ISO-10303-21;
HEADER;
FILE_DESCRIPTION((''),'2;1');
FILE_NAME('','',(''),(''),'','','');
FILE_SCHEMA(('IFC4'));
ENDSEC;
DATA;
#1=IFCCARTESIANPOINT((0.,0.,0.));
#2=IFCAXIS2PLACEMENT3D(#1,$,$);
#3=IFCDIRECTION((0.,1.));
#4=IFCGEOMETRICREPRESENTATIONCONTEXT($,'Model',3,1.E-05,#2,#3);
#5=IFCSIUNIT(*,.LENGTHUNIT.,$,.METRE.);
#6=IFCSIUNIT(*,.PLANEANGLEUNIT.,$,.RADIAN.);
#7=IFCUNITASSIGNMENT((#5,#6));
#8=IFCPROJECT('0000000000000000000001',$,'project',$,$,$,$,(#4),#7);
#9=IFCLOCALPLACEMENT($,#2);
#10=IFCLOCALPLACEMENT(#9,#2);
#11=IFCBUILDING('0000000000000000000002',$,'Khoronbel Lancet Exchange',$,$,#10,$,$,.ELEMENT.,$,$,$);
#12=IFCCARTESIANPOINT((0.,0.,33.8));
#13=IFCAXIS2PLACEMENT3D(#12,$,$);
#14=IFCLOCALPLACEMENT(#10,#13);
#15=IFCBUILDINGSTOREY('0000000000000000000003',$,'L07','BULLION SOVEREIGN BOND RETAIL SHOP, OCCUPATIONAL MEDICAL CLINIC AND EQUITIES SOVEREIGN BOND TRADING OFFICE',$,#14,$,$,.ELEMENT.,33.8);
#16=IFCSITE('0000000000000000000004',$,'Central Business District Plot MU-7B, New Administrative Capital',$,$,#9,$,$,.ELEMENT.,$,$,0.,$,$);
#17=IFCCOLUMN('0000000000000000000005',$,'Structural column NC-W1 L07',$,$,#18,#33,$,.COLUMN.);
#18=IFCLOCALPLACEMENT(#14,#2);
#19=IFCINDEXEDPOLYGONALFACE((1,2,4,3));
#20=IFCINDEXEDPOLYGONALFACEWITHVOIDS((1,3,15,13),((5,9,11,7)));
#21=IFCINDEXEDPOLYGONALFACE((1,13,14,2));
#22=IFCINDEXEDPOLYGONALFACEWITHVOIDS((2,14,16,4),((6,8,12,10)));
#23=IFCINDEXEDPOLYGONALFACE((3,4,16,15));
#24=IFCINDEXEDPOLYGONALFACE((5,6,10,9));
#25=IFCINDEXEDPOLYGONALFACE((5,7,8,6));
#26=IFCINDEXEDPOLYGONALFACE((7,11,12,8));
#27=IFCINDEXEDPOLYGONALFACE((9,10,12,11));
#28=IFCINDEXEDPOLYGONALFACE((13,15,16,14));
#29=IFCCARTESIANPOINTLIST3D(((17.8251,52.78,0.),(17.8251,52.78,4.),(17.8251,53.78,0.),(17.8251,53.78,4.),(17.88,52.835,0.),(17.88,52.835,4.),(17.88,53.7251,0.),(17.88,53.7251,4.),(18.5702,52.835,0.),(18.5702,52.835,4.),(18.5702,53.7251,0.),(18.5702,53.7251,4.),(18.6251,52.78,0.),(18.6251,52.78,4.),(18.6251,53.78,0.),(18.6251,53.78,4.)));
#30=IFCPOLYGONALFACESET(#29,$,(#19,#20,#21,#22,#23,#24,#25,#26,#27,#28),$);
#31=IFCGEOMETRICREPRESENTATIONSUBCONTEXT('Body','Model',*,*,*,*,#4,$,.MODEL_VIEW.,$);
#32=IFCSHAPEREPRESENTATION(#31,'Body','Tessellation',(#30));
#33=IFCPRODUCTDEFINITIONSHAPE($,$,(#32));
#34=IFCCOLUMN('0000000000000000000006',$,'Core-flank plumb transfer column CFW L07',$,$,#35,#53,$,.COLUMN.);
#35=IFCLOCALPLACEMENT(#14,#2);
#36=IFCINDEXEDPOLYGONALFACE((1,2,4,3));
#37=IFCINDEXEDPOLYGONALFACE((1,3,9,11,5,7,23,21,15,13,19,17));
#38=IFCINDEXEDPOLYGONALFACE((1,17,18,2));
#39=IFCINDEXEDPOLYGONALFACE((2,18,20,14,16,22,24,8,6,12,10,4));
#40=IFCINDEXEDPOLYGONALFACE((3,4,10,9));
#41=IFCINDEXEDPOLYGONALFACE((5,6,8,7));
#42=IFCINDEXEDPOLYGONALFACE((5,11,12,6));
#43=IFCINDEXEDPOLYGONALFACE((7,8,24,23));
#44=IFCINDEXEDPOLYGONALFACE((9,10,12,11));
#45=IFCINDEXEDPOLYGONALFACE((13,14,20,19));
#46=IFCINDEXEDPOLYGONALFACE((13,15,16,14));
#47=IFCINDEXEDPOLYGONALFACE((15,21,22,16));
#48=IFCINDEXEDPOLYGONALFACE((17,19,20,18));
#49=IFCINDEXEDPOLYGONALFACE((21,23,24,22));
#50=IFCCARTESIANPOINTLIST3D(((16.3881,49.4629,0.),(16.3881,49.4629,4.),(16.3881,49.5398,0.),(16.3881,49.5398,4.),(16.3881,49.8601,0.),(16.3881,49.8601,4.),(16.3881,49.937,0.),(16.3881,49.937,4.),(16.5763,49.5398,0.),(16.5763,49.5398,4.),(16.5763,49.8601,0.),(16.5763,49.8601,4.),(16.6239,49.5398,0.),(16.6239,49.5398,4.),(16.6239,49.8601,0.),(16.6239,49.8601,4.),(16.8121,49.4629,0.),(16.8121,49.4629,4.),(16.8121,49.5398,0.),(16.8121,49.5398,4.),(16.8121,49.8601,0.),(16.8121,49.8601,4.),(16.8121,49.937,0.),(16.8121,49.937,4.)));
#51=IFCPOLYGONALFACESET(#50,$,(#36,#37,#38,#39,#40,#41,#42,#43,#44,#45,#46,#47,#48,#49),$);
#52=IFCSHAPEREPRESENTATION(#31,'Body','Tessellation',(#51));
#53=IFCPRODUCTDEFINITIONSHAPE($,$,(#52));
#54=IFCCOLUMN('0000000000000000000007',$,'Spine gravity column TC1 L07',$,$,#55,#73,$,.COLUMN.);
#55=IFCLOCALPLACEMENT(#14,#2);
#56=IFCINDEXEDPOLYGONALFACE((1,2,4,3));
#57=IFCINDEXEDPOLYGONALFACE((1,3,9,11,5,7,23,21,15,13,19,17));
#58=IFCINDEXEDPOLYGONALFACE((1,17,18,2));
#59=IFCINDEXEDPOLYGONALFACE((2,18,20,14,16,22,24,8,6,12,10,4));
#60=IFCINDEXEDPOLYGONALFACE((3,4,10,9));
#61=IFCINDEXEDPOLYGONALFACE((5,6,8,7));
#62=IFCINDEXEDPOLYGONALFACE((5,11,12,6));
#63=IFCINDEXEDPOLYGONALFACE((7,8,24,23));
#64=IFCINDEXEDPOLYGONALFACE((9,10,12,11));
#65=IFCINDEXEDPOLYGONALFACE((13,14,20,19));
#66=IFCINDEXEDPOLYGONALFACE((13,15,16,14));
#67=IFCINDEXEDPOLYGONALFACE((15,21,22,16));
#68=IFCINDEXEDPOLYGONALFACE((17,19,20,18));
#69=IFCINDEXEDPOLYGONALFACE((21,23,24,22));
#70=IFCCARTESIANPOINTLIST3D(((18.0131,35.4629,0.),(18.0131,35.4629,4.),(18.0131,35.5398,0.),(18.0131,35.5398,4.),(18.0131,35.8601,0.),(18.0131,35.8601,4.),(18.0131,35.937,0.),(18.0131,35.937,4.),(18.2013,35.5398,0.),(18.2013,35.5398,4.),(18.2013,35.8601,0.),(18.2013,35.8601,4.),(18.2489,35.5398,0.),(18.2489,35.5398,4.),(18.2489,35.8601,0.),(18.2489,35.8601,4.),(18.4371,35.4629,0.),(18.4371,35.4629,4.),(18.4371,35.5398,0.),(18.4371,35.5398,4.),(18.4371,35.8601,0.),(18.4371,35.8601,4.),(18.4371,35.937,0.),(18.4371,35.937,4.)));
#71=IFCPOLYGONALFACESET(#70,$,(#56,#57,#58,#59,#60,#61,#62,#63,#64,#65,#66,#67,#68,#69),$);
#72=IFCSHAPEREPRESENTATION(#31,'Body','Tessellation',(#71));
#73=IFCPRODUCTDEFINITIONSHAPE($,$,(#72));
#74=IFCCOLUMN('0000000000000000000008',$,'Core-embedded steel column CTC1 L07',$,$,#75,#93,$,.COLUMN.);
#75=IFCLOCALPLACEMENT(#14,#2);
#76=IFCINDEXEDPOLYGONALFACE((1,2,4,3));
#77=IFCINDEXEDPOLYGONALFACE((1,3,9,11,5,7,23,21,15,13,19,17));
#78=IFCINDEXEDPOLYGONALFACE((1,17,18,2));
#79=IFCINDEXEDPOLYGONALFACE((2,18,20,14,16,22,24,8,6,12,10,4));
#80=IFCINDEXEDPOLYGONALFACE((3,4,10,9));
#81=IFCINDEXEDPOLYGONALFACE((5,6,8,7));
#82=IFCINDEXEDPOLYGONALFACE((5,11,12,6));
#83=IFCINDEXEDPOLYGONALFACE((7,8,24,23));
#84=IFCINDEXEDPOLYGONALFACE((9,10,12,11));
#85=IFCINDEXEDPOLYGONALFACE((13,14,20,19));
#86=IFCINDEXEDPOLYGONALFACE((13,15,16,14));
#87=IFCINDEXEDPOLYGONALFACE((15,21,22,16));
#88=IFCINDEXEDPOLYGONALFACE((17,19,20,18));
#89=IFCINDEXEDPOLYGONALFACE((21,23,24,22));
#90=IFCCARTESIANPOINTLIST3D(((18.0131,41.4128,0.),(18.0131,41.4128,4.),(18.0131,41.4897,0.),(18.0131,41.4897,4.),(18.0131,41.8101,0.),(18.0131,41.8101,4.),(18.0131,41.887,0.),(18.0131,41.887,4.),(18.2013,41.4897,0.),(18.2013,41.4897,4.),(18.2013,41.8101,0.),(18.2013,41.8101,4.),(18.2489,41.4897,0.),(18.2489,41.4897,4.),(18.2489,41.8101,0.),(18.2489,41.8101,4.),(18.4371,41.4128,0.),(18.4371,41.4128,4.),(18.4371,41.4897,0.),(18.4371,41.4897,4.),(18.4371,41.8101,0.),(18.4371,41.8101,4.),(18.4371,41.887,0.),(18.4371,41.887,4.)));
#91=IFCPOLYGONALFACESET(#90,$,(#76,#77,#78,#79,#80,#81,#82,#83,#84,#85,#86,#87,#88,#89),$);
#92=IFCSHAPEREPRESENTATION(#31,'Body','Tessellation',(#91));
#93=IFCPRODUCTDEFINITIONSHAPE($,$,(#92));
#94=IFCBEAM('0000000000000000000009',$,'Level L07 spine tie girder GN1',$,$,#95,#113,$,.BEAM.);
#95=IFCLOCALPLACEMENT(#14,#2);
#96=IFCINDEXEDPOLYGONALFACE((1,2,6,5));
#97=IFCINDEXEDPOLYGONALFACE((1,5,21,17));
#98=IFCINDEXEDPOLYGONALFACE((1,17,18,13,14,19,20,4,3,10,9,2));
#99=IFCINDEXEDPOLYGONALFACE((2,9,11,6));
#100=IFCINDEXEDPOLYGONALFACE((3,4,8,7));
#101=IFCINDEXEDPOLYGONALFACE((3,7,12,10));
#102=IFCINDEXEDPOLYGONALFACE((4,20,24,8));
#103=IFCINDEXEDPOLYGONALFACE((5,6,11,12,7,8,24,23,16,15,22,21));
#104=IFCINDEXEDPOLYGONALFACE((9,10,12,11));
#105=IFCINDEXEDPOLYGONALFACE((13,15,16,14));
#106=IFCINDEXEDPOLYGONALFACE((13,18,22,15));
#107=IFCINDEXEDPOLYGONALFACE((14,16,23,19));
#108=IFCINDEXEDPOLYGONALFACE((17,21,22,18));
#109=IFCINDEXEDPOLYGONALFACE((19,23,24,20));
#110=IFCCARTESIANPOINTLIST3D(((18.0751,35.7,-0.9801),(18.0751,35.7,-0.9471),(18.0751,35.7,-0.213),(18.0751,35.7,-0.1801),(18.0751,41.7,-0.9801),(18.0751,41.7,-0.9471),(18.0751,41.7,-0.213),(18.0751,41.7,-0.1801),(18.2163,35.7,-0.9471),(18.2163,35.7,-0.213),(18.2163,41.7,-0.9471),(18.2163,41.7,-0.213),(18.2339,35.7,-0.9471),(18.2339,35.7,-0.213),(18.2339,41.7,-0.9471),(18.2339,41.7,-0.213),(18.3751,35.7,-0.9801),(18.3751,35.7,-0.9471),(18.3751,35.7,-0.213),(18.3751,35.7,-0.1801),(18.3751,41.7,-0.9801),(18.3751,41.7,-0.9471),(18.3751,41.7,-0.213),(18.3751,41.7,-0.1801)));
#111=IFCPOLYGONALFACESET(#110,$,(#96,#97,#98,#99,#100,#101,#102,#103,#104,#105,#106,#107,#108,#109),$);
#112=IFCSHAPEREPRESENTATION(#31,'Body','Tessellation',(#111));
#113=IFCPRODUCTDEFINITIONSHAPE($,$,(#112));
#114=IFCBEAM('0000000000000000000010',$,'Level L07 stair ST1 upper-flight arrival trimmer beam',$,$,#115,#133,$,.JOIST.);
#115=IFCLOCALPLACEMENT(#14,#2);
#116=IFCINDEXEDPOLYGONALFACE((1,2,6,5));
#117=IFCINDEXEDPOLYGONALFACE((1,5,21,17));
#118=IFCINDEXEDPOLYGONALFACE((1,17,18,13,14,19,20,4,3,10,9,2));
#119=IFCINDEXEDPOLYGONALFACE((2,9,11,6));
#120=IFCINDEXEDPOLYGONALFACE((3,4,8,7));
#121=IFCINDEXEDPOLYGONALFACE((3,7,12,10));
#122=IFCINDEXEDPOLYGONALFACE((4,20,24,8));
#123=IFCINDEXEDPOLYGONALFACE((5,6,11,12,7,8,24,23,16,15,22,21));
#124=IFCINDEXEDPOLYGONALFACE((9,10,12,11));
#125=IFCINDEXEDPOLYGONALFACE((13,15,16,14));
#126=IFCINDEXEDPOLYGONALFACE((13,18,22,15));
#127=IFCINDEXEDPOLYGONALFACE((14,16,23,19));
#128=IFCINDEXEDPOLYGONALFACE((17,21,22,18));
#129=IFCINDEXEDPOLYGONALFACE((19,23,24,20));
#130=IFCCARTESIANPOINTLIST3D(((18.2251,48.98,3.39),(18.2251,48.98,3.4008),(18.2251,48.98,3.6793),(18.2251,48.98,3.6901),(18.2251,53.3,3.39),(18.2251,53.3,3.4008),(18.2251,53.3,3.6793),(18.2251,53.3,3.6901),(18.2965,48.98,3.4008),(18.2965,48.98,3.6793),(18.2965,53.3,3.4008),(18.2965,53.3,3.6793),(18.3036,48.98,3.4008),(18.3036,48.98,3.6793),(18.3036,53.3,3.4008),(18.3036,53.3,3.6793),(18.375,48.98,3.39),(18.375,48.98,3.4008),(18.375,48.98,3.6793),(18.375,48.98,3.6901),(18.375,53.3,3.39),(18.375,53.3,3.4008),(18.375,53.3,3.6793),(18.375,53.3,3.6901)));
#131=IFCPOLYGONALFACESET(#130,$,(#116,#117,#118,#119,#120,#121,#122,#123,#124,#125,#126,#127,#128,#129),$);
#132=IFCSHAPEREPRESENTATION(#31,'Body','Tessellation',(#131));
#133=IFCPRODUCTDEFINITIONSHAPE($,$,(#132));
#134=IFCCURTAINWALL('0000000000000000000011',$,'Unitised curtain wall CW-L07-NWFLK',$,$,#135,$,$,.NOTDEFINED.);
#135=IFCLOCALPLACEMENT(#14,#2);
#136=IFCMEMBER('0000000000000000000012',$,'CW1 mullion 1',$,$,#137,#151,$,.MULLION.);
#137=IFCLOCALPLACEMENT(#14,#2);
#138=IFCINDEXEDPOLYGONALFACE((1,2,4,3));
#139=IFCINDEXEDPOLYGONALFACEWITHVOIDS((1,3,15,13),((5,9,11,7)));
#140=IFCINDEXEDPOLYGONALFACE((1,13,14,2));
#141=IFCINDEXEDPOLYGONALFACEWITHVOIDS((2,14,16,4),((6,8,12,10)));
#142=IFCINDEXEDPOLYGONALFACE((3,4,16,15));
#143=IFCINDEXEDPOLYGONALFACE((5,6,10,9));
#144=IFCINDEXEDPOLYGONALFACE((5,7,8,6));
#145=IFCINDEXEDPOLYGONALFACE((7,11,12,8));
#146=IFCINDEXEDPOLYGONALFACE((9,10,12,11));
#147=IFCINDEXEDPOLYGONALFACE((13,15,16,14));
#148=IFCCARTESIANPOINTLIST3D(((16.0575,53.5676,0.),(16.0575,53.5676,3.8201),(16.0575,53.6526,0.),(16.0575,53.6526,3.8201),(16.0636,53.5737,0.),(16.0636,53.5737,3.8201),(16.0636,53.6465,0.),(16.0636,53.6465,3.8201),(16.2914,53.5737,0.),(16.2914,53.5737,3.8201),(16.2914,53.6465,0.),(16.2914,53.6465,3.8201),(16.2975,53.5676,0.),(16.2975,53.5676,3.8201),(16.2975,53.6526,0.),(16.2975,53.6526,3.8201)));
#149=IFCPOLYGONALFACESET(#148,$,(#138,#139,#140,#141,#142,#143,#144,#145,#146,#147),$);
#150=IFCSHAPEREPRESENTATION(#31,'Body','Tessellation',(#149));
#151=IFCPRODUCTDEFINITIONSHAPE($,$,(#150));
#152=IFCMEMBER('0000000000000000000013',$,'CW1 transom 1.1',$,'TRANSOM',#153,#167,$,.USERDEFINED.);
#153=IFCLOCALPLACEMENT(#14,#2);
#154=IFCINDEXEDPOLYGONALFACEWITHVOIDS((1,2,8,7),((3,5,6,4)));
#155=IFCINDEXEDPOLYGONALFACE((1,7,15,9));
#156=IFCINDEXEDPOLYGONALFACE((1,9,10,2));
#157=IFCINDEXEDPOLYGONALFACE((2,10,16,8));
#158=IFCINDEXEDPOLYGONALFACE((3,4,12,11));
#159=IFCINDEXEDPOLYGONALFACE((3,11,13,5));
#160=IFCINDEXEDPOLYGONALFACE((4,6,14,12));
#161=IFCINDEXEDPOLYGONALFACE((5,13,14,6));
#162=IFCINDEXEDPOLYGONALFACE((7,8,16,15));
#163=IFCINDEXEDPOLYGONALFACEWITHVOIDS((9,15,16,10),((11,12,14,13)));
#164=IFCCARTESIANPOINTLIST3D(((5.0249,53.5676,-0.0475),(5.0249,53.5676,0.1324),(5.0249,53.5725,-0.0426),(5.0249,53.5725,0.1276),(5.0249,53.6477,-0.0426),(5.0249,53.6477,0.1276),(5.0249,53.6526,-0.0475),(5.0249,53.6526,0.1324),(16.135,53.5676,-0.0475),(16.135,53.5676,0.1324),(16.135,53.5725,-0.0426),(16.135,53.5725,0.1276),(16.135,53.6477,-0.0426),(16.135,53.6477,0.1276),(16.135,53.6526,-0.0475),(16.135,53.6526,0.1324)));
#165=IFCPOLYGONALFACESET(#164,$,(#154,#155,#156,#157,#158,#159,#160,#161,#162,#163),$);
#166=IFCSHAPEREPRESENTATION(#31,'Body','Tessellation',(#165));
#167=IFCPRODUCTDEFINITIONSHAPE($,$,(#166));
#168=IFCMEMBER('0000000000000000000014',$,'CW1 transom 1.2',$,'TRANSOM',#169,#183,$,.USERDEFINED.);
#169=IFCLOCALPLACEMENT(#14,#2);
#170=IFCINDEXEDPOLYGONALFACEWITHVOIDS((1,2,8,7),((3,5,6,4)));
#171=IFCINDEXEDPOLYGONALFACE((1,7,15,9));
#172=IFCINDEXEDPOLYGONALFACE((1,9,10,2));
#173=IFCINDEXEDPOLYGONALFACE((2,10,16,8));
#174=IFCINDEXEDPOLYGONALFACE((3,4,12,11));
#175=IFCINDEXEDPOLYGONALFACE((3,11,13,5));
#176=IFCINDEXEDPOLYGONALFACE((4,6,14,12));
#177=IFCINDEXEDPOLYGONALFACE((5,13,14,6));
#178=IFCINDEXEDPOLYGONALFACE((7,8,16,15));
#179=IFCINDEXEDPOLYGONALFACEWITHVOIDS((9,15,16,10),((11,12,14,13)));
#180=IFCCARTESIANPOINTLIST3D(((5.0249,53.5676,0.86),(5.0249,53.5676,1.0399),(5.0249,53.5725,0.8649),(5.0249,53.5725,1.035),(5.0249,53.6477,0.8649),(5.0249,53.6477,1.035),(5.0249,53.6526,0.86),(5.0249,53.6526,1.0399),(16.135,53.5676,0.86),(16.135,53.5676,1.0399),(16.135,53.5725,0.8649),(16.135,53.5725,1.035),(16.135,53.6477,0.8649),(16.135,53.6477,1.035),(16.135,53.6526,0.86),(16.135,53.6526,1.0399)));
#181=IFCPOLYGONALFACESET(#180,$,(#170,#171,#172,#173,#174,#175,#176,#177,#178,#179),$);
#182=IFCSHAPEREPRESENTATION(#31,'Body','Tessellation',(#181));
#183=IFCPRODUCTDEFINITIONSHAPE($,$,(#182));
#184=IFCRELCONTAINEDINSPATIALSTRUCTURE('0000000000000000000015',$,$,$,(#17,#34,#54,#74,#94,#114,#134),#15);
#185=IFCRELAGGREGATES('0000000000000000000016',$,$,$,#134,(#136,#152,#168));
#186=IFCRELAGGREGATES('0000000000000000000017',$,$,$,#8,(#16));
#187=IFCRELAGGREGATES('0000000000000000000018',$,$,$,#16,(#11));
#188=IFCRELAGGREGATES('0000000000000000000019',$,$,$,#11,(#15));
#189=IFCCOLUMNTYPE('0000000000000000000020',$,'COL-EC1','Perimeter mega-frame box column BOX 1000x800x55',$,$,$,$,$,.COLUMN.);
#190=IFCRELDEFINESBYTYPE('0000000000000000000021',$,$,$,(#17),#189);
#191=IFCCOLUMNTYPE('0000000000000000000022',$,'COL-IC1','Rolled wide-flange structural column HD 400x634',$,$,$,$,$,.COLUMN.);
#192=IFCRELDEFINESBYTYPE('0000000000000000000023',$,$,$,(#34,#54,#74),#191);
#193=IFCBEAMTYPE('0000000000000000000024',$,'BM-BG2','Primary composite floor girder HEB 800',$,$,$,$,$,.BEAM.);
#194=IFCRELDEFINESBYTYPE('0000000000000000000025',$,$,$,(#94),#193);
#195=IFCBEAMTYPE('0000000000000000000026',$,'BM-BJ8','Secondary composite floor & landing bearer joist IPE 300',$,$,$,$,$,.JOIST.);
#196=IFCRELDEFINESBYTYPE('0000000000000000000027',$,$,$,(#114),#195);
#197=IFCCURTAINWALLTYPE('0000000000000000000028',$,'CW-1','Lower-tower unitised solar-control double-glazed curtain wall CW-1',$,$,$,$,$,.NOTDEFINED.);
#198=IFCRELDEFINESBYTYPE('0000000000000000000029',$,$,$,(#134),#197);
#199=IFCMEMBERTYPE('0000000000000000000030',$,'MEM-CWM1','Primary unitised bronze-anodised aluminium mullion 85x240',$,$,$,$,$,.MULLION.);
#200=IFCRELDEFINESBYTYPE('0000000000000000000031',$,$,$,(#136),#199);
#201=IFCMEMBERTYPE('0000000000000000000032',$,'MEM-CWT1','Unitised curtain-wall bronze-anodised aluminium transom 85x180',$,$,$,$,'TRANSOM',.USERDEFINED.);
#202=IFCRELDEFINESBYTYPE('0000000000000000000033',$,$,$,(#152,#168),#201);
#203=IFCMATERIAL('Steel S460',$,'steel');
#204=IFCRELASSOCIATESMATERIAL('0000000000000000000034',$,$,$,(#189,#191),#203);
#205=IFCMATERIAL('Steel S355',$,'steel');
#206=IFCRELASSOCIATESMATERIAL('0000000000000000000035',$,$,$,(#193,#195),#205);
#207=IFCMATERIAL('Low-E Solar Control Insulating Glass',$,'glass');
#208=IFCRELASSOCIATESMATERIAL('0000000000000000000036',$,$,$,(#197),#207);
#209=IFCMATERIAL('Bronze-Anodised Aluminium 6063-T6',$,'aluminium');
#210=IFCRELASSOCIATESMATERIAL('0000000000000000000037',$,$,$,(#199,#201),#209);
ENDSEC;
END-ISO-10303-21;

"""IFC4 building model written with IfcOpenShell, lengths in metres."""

from ifc_helpers import new_model, si_unit, direction, frame, origin, origin_2d, place, context, subcontext, project, spatial, hollow_rectangle, i_section, extrude, material, material_profile, profile_set, type_object, element, aggregate, save


model = new_model("IFC4")

# Units and contexts
model_context = context("Model", 3, precision=1e-05, world=origin(), true_north=direction((0.0, 1.0)))
body_context = subcontext(model_context, "Body", "Model", "MODEL_VIEW")
ifc_project = project(units=[si_unit("LENGTHUNIT", "METRE"), si_unit("PLANEANGLEUNIT", "RADIAN")], contexts=[model_context])

# Site, building, storey
site_placement = place(None, origin())
site = spatial("IfcSite", under=ifc_project, at=site_placement, Name="Central Business District Plot MU-7B, New Administrative Capital", CompositionType="ELEMENT", RefElevation=0.0)
building_placement = place(site_placement, origin())
building = spatial("IfcBuilding", under=site, at=building_placement, Name="Khoronbel Lancet Exchange", CompositionType="ELEMENT")
storey_placement = place(building_placement, frame((0.0, 0.0, 33.8)))
storey = spatial("IfcBuildingStorey", under=building, at=storey_placement, Name="L07", Description="BULLION SOVEREIGN BOND RETAIL SHOP, OCCUPATIONAL MEDICAL CLINIC AND EQUITIES SOVEREIGN BOND TRADING OFFICE", CompositionType="ELEMENT", Elevation=33.8)

# Columns
ifc_material_1 = material(Name="Steel S460", Category="steel")
ifc_material_profile_1 = material_profile(ifc_material_1, hollow_rectangle(XDim=0.8, YDim=1.0, WallThickness=0.0549, at=origin_2d()), Name="BOX 1000x800x55")
ifc_profile_set_1 = profile_set([ifc_material_profile_1], Name="Steel S460")
column_type_1 = type_object("IfcColumnType", Name="COL-EC1", Description="Perimeter mega-frame box column BOX 1000x800x55", PredefinedType="COLUMN", material=ifc_profile_set_1)
column_placement = place(storey_placement, frame((18.2251, 53.28, 0.0), z_axis=(0.0, 0.0, 1.0), x_axis=(1.0, 0.0, 0.0)))
element("IfcColumn", 1, at=column_placement, inside=storey, type_object=column_type_1, Name="Structural column NC-W1 L07", PredefinedType="COLUMN", context=body_context, shape_type="SweptSolid", body=[
    extrude(hollow_rectangle(XDim=0.8, YDim=1.0, WallThickness=0.0549, at=origin_2d()), origin(), (0.0, 0.0, 1.0), 4.0),
])
ifc_material_profile_2 = material_profile(ifc_material_1, i_section(OverallWidth=0.4241, OverallDepth=0.4741, WebThickness=0.0476, FlangeThickness=0.0769, at=origin_2d()), Name="HD 400x634")
ifc_profile_set_2 = profile_set([ifc_material_profile_2], Name="Steel S460")
column_type_2 = type_object("IfcColumnType", Name="COL-IC1", Description="Rolled wide-flange structural column HD 400x634", PredefinedType="COLUMN", material=ifc_profile_set_2)
for number, where, z_axis, x_axis, name in (
    (2, (16.6001, 49.7, 0.0), (0.0, 0.0, 1.0), (1.0, 0.0, 0.0), "Core-flank plumb transfer column CFW L07"),
    (3, (18.2251, 35.7, 0.0), (0.0, 0.0, 1.0), (1.0, 0.0, 0.0), "Spine gravity column TC1 L07"),
    (4, (18.2251, 41.6499, 0.0), (0.0, 0.0, 1.0), (1.0, 0.0, 0.0), "Core-embedded steel column CTC1 L07"),
):
    element("IfcColumn", number, at=place(storey_placement, frame(where, z_axis=z_axis, x_axis=x_axis)), inside=storey, type_object=column_type_2, Name=name, PredefinedType="COLUMN", context=body_context, shape_type="SweptSolid", body=[
        extrude(i_section(OverallWidth=0.4241, OverallDepth=0.4741, WebThickness=0.0476, FlangeThickness=0.0769, at=origin_2d()), origin(), (0.0, 0.0, 1.0), 4.0),
    ])

# Beams
ifc_material_2 = material(Name="Steel S355", Category="steel")
ifc_material_profile_3 = material_profile(ifc_material_2, i_section(OverallWidth=0.3, OverallDepth=0.8, WebThickness=0.0176, FlangeThickness=0.033, at=origin_2d()), Name="HEB 800")
ifc_profile_set_3 = profile_set([ifc_material_profile_3], Name="Steel S355")
beam_type_1 = type_object("IfcBeamType", Name="BM-BG2", Description="Primary composite floor girder HEB 800", PredefinedType="BEAM", material=ifc_profile_set_3)
beam_1_placement = place(storey_placement, frame((18.2251, 35.7, -0.5801), z_axis=(0.0, 1.0, 0.0), x_axis=(-1.0, 0.0, 0.0)))
element("IfcBeam", 5, at=beam_1_placement, inside=storey, type_object=beam_type_1, Name="Level L07 spine tie girder GN1", PredefinedType="BEAM", context=body_context, shape_type="SweptSolid", body=[
    extrude(i_section(OverallWidth=0.3, OverallDepth=0.8, WebThickness=0.0176, FlangeThickness=0.033, at=origin_2d()), origin(), (0.0, 0.0, 1.0), 6.0),
])
ifc_material_profile_4 = material_profile(ifc_material_2, i_section(OverallWidth=0.1499, OverallDepth=0.3, WebThickness=0.0071, FlangeThickness=0.0107, at=origin_2d()), Name="IPE 300")
ifc_profile_set_4 = profile_set([ifc_material_profile_4], Name="Steel S355")
beam_type_2 = type_object("IfcBeamType", Name="BM-BJ8", Description="Secondary composite floor & landing bearer joist IPE 300", PredefinedType="JOIST", material=ifc_profile_set_4)
beam_2_placement = place(storey_placement, frame((18.3, 48.98, 3.54), z_axis=(0.0, 1.0, 0.0), x_axis=(-1.0, 0.0, 0.0)))
element("IfcBeam", 6, at=beam_2_placement, inside=storey, type_object=beam_type_2, Name="Level L07 stair ST1 upper-flight arrival trimmer beam", PredefinedType="JOIST", context=body_context, shape_type="SweptSolid", body=[
    extrude(i_section(OverallWidth=0.1499, OverallDepth=0.3, WebThickness=0.0071, FlangeThickness=0.0107, at=origin_2d()), origin(), (0.0, 0.0, 1.0), 4.3201),
])

# Curtain wall, members
ifc_material_3 = material(Name="Low-E Solar Control Insulating Glass", Category="glass")
curtain_wall_type = type_object("IfcCurtainWallType", Name="CW-1", Description="Lower-tower unitised solar-control double-glazed curtain wall CW-1", PredefinedType="NOTDEFINED", material=ifc_material_3)
curtain_wall_placement = place(storey_placement, origin())
curtain_wall = element("IfcCurtainWall", 7, at=curtain_wall_placement, inside=storey, type_object=curtain_wall_type, Name="Unitised curtain wall CW-L07-NWFLK", PredefinedType="NOTDEFINED")
ifc_material_4 = material(Name="Bronze-Anodised Aluminium 6063-T6", Category="aluminium")
ifc_material_profile_5 = material_profile(ifc_material_4, hollow_rectangle(XDim=0.085, YDim=0.24, WallThickness=0.0061, at=origin_2d()), Name="ALU MULLION 85x240")
ifc_profile_set_5 = profile_set([ifc_material_profile_5], Name="Bronze-Anodised Aluminium 6063-T6")
member_type_1 = type_object("IfcMemberType", Name="MEM-CWM1", Description="Primary unitised bronze-anodised aluminium mullion 85x240", PredefinedType="MULLION", material=ifc_profile_set_5)
member_1_placement = place(storey_placement, frame((16.1775, 53.6101, 0.0), z_axis=(0.0, 0.0, 1.0), x_axis=(0.0, -1.0, 0.0)))
member_1 = element("IfcMember", 8, at=member_1_placement, type_object=member_type_1, Name="CW1 mullion 1", PredefinedType="MULLION", context=body_context, shape_type="SweptSolid", body=[
    extrude(hollow_rectangle(XDim=0.085, YDim=0.24, WallThickness=0.0061, at=origin_2d()), origin(), (0.0, 0.0, 1.0), 3.8201),
])
ifc_material_profile_6 = material_profile(ifc_material_4, hollow_rectangle(XDim=0.085, YDim=0.1799, WallThickness=0.0049, at=origin_2d()), Name="ALU TRANSOM 85x180")
ifc_profile_set_6 = profile_set([ifc_material_profile_6], Name="Bronze-Anodised Aluminium 6063-T6")
member_type_2 = type_object("IfcMemberType", Name="MEM-CWT1", Description="Unitised curtain-wall bronze-anodised aluminium transom 85x180", ElementType="TRANSOM", PredefinedType="USERDEFINED", material=ifc_profile_set_6)
member_2_placement = place(storey_placement, frame((16.135, 53.6101, 0.0425), z_axis=(-1.0, 0.0, 0.0), x_axis=(0.0, -1.0, 0.0)))
member_2 = element("IfcMember", 9, at=member_2_placement, type_object=member_type_2, Name="CW1 transom 1.1", ObjectType="TRANSOM", PredefinedType="USERDEFINED", context=body_context, shape_type="SweptSolid", body=[
    extrude(hollow_rectangle(XDim=0.085, YDim=0.1799, WallThickness=0.0049, at=origin_2d()), origin(), (0.0, 0.0, 1.0), 11.1101),
])
member_3_placement = place(storey_placement, frame((16.135, 53.6101, 0.95), z_axis=(-1.0, 0.0, 0.0), x_axis=(0.0, -1.0, 0.0)))
member_3 = element("IfcMember", 10, at=member_3_placement, type_object=member_type_2, Name="CW1 transom 1.2", ObjectType="TRANSOM", PredefinedType="USERDEFINED", context=body_context, shape_type="SweptSolid", body=[
    extrude(hollow_rectangle(XDim=0.085, YDim=0.1799, WallThickness=0.0049, at=origin_2d()), origin(), (0.0, 0.0, 1.0), 11.1101),
])
aggregate(curtain_wall, [member_1, member_2, member_3])

save(model, "model.ifc")
